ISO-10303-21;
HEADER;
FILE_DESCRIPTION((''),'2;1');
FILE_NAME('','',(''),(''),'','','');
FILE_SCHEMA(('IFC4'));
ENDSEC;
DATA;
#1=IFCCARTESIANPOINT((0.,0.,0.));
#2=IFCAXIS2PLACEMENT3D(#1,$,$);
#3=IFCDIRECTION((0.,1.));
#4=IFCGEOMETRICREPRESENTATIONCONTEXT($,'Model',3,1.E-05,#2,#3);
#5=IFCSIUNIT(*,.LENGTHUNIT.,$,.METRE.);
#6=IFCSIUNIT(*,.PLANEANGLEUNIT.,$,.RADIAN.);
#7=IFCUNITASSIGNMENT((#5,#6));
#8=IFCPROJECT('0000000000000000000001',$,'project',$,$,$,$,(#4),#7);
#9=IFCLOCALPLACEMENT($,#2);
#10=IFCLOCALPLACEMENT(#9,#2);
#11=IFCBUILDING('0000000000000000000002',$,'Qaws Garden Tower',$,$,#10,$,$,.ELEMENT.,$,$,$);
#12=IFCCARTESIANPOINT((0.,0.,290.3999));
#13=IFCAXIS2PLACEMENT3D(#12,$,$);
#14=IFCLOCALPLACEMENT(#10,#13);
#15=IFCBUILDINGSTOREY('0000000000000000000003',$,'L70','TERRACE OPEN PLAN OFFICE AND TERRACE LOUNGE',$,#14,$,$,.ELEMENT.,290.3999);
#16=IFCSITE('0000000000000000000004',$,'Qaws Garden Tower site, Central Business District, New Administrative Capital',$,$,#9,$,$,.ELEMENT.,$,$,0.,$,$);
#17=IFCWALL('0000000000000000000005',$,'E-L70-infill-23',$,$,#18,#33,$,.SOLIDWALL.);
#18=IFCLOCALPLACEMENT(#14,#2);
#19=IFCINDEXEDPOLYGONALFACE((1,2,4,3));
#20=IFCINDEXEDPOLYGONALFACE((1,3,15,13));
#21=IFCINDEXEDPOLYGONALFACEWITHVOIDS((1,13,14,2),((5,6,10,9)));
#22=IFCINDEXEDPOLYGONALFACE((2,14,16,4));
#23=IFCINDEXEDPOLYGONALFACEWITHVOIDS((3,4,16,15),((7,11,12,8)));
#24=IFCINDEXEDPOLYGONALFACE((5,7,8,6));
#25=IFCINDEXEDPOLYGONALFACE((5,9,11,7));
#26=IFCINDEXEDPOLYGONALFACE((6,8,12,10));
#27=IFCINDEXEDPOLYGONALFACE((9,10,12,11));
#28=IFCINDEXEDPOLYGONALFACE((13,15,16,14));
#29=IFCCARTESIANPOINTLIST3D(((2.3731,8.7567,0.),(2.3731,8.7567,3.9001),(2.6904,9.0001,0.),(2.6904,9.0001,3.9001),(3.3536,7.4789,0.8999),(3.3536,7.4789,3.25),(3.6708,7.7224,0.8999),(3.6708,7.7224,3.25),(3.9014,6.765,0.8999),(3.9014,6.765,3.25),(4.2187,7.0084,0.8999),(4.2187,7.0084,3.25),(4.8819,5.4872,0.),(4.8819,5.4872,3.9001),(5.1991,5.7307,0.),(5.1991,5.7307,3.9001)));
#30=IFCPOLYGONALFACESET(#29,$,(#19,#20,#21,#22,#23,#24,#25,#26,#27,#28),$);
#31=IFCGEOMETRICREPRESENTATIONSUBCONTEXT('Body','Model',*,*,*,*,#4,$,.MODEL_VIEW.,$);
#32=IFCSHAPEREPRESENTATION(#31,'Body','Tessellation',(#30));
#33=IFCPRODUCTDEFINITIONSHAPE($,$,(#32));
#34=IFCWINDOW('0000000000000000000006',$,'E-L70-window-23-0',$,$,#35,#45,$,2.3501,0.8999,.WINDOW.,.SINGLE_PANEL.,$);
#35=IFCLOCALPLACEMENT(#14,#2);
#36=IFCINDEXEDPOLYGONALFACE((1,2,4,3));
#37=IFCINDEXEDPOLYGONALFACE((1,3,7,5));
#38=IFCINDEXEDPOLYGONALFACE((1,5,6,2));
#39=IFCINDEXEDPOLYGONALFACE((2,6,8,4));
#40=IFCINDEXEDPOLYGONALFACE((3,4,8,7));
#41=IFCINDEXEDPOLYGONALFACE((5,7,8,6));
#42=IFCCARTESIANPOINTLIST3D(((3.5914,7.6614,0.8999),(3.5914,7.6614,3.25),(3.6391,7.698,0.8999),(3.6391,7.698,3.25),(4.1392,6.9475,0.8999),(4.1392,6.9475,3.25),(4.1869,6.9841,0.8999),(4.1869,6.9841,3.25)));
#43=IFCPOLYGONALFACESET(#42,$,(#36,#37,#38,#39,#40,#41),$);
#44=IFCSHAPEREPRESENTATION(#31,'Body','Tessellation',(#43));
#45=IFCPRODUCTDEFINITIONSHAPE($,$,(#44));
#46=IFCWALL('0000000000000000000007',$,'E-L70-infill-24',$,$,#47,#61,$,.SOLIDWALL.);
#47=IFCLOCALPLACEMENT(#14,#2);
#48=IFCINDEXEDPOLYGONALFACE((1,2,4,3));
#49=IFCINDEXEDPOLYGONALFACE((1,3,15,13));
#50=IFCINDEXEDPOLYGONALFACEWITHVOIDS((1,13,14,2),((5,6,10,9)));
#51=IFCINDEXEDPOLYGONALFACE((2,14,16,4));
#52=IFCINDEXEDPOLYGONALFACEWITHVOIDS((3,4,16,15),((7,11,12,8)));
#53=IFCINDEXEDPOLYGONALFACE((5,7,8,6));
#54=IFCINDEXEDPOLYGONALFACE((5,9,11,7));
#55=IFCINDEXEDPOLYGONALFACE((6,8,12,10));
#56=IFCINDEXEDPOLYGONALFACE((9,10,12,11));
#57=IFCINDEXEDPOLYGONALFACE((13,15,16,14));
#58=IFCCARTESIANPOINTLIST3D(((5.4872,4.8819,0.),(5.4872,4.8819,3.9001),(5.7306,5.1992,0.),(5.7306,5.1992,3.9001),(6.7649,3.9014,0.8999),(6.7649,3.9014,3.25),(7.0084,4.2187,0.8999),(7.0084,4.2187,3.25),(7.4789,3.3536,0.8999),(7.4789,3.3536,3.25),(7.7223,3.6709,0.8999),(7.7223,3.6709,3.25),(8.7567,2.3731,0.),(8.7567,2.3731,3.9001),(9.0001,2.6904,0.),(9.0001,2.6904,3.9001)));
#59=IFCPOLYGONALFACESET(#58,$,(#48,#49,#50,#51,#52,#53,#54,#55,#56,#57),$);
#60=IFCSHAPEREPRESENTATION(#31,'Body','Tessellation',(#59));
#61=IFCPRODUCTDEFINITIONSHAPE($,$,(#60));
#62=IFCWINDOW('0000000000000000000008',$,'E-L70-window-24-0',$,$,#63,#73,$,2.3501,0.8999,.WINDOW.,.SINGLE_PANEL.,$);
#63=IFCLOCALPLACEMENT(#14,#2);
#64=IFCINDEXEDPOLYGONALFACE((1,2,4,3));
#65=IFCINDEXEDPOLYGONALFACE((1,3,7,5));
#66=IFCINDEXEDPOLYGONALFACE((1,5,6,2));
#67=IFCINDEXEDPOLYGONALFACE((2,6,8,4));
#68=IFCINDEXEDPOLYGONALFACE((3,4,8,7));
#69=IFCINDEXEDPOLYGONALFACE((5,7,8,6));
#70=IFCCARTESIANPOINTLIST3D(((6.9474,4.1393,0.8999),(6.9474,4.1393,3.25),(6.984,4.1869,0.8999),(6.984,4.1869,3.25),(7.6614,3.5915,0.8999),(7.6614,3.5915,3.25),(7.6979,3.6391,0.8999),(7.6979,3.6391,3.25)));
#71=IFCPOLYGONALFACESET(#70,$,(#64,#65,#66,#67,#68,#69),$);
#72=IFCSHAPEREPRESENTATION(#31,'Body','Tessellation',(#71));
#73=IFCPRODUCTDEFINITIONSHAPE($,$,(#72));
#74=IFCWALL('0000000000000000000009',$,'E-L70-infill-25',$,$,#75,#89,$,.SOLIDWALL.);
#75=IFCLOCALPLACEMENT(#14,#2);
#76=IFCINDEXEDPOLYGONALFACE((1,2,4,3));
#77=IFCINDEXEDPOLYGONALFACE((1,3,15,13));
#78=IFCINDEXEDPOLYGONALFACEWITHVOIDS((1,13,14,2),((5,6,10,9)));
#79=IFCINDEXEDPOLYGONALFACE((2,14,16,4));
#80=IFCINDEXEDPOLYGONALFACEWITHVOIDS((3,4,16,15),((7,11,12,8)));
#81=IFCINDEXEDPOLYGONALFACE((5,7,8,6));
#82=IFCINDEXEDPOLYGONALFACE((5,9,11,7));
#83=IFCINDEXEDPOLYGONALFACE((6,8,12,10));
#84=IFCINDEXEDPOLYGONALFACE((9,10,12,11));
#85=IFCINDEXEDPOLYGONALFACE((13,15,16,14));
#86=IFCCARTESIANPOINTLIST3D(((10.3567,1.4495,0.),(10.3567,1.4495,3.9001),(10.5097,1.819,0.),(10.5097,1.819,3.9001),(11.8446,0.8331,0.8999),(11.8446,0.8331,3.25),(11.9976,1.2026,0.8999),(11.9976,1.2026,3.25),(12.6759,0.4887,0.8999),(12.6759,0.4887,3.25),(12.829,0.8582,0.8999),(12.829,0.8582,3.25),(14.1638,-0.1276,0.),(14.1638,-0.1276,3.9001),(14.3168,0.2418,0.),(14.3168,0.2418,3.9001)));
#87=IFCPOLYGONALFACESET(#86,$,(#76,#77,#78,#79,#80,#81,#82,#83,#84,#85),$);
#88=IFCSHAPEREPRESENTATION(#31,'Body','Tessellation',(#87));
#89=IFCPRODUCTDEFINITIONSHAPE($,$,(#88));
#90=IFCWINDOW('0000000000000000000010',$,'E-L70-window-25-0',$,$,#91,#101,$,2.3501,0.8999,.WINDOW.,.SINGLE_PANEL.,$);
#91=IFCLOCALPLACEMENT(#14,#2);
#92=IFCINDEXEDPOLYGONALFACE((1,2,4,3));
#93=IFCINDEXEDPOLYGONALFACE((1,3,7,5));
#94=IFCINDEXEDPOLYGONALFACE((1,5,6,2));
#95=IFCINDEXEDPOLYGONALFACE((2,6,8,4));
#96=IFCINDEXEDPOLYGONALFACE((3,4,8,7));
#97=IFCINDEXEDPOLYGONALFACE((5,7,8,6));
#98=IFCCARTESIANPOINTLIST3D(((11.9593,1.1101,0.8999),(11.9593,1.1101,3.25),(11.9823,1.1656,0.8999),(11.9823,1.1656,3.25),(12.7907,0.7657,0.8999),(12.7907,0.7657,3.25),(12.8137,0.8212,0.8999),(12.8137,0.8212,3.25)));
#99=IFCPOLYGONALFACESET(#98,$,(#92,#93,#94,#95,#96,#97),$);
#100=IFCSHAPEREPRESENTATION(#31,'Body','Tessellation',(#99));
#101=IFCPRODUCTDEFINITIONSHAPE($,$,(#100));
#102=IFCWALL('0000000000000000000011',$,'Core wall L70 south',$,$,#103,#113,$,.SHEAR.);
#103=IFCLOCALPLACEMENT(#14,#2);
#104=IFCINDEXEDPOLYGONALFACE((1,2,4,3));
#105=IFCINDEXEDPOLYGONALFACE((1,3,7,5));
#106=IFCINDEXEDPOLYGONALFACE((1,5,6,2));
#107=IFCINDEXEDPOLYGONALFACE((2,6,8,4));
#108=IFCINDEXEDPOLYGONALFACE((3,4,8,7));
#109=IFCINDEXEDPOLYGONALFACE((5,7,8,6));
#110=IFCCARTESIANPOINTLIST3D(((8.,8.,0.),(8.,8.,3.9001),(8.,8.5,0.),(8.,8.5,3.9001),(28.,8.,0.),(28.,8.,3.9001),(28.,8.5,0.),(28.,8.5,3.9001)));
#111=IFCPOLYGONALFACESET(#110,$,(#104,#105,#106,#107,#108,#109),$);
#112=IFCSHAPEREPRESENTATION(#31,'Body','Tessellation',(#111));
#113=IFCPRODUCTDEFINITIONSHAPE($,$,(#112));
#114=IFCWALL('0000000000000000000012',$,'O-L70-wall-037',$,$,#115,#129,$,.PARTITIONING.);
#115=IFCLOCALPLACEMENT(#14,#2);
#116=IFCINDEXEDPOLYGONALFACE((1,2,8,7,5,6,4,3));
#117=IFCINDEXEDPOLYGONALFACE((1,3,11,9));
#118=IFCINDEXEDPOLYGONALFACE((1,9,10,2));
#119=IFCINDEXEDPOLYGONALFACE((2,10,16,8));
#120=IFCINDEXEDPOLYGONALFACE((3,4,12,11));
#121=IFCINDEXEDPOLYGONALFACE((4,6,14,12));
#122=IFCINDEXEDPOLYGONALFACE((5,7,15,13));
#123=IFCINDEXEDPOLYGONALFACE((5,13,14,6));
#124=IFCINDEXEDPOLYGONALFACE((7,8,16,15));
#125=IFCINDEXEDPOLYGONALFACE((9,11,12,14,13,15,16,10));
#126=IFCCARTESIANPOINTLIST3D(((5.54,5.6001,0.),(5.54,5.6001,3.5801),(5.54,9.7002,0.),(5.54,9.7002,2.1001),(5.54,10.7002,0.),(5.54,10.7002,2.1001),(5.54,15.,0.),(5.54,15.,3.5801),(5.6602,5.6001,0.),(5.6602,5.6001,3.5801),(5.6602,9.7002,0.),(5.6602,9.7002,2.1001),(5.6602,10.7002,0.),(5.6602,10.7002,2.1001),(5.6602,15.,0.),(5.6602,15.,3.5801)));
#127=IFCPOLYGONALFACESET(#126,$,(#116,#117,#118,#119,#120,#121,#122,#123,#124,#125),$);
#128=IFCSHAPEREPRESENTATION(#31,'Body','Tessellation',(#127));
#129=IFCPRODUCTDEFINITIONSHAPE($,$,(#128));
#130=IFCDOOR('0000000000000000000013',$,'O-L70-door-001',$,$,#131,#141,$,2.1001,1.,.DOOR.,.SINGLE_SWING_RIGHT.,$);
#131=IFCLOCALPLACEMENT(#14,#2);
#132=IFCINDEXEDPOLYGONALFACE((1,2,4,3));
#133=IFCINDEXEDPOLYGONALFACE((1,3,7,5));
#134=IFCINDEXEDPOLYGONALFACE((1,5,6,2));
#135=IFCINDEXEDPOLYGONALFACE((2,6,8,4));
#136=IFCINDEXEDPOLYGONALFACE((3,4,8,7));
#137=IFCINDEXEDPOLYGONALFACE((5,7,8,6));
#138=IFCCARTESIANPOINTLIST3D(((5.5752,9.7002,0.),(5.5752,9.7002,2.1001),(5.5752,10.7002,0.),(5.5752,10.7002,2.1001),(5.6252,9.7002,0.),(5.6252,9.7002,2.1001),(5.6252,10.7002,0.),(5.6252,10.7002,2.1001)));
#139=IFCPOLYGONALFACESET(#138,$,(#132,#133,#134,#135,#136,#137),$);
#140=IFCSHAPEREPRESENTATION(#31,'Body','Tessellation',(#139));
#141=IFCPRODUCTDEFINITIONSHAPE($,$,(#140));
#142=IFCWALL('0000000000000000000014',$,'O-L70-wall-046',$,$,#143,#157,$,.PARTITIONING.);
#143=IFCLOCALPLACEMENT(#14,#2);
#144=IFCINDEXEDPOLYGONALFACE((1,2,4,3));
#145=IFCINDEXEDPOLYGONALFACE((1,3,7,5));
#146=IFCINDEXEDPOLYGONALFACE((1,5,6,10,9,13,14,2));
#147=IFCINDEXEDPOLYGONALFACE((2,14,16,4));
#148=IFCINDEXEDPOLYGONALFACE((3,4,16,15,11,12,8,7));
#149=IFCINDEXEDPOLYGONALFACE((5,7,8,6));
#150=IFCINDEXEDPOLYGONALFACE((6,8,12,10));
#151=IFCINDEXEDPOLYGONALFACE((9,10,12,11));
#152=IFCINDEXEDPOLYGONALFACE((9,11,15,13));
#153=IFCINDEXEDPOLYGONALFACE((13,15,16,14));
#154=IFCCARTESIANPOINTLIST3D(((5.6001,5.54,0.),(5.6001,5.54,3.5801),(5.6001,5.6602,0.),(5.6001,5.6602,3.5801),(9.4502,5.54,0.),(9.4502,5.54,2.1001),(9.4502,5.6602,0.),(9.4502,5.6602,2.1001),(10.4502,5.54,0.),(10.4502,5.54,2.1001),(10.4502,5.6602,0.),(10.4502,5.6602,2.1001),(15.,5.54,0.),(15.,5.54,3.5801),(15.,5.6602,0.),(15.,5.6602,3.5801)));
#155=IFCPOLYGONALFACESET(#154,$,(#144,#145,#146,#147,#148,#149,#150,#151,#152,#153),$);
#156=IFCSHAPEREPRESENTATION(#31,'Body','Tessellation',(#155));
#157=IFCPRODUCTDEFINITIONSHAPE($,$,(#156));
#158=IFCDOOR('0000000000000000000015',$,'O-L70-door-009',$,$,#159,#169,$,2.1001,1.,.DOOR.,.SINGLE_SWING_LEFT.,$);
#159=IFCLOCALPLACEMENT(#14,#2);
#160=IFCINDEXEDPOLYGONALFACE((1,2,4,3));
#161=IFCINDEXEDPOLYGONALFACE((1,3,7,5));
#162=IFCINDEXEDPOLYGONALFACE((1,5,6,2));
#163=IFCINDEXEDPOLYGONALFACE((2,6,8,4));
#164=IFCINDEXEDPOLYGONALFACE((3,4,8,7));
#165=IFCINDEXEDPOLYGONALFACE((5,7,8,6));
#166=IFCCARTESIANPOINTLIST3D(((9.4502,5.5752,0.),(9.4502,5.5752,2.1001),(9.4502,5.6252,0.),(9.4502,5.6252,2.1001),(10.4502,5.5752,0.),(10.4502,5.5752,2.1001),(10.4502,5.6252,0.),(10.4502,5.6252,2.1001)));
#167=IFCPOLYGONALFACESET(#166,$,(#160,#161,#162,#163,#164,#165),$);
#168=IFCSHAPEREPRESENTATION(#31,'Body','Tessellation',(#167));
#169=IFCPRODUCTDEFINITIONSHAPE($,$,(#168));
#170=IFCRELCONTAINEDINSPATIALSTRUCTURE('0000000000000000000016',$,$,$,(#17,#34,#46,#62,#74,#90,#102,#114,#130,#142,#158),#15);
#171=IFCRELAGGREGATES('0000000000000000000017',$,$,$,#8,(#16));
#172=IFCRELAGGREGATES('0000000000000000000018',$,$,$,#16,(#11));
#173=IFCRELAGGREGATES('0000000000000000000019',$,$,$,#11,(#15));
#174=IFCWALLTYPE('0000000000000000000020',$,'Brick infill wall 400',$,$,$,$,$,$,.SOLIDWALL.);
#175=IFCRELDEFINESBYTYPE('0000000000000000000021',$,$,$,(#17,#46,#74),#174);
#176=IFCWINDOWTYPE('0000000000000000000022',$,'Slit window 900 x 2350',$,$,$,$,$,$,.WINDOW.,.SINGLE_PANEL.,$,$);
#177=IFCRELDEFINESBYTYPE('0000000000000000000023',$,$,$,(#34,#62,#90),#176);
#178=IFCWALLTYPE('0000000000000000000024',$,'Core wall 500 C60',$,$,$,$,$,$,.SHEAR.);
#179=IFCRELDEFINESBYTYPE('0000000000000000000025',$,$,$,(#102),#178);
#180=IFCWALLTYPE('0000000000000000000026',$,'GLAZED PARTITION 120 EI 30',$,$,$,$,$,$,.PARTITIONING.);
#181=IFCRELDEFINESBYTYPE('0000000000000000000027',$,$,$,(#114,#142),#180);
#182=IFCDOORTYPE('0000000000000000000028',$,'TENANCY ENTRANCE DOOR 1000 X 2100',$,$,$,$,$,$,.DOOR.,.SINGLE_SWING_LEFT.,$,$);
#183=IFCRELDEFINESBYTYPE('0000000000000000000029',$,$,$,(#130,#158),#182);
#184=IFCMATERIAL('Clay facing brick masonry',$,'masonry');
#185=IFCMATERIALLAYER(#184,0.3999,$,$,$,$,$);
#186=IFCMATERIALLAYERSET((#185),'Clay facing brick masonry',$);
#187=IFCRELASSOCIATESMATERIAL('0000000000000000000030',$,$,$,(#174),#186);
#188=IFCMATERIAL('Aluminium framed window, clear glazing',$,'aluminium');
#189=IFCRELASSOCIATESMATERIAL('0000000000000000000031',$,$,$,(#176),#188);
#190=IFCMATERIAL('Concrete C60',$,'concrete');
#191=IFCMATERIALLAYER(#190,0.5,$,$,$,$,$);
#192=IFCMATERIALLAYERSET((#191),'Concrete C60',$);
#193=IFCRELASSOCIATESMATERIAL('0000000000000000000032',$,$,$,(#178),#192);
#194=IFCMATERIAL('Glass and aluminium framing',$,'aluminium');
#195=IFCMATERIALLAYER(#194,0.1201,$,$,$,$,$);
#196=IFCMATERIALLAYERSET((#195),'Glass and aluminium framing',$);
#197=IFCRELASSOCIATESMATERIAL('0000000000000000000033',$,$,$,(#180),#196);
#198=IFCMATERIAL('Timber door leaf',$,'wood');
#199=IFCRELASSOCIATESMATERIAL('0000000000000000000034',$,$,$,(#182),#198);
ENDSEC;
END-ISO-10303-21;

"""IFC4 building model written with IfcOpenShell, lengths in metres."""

from ifc_helpers import new_model, si_unit, direction, frame, frame_2d, origin, place, context, subcontext, project, spatial, rectangle, extrude, material, layer, layer_set, type_object, element, fill, save


model = new_model("IFC4")

# Units and contexts
model_context = context("Model", 3, precision=1e-05, world=origin(), true_north=direction((0.0, 1.0)))
body_context = subcontext(model_context, "Body", "Model", "MODEL_VIEW")
ifc_project = project(units=[si_unit("LENGTHUNIT", "METRE"), si_unit("PLANEANGLEUNIT", "RADIAN")], contexts=[model_context])

# Site, building, storey
site_placement = place(None, origin())
site = spatial("IfcSite", under=ifc_project, at=site_placement, Name="Qaws Garden Tower site, Central Business District, New Administrative Capital", CompositionType="ELEMENT", RefElevation=0.0)
building_placement = place(site_placement, origin())
building = spatial("IfcBuilding", under=site, at=building_placement, Name="Qaws Garden Tower", CompositionType="ELEMENT")
storey_placement = place(building_placement, frame((0.0, 0.0, 290.3999)))
storey = spatial("IfcBuildingStorey", under=building, at=storey_placement, Name="L70", Description="TERRACE OPEN PLAN OFFICE AND TERRACE LOUNGE", CompositionType="ELEMENT", Elevation=290.3999)

# Walls, openings, windows
ifc_material_1 = material(Name="Clay facing brick masonry", Category="masonry")
ifc_layer_1 = layer(ifc_material_1, 0.3999)
ifc_layer_set_1 = layer_set([ifc_layer_1], Name="Clay facing brick masonry")
wall_type_1 = type_object("IfcWallType", Name="Brick infill wall 400", PredefinedType="SOLIDWALL", material=ifc_layer_set_1)
wall_1_placement = place(storey_placement, frame((2.5317, 8.8784, 0.0), z_axis=(0.0, 0.0, 1.0), x_axis=(0.60876, -0.793355, 0.0)))
wall_1 = element("IfcWall", 1, at=wall_1_placement, inside=storey, type_object=wall_type_1, Name="E-L70-infill-23", PredefinedType="SOLIDWALL", context=body_context, shape_type="SweptSolid", body=[
    extrude(rectangle(XDim=4.1211, YDim=0.3999, at=frame_2d((2.0605, 0.0))), origin(), (0.0, 0.0, 1.0), 3.9001),
])
opening_1_placement = place(wall_1_placement, frame((1.6106, 0.0, 0.8999)))
opening_1 = element("IfcOpeningElement", 2, at=opening_1_placement, cuts=wall_1, PredefinedType="OPENING", context=body_context, shape_type="SweptSolid", body=[
    extrude(rectangle(XDim=0.8999, YDim=2.3501, at=frame_2d((0.45, 1.175))), frame((0.0, 0.21, 0.0), z_axis=(0.0, -1.0, 0.0), x_axis=(1.0, 0.0, 0.0)), (0.0, 0.0, 1.0), 0.4199),
])
ifc_material_2 = material(Name="Aluminium framed window, clear glazing", Category="aluminium")
window_type = type_object("IfcWindowType", Name="Slit window 900 x 2350", PartitioningType="SINGLE_PANEL", PredefinedType="WINDOW", material=ifc_material_2)
window_1_placement = place(opening_1_placement, origin())
window_1 = element("IfcWindow", 3, at=window_1_placement, inside=storey, type_object=window_type, Name="E-L70-window-23-0", OverallHeight=2.3501, OverallWidth=0.8999, PartitioningType="SINGLE_PANEL", PredefinedType="WINDOW", context=body_context, shape_type="SweptSolid", body=[
    extrude(rectangle(XDim=0.8999, YDim=2.3501, at=frame_2d((0.45, 1.175))), frame((0.0, 0.1599, 0.0), z_axis=(0.0, -1.0, 0.0), x_axis=(1.0, 0.0, 0.0)), (0.0, 0.0, 1.0), 0.0601),
])
fill(opening_1, window_1)
wall_2_placement = place(storey_placement, frame((5.6089, 5.0405, 0.0), z_axis=(0.0, 0.0, 1.0), x_axis=(0.793355, -0.60876, 0.0)))
wall_2 = element("IfcWall", 4, at=wall_2_placement, inside=storey, type_object=wall_type_1, Name="E-L70-infill-24", PredefinedType="SOLIDWALL", context=body_context, shape_type="SweptSolid", body=[
    extrude(rectangle(XDim=4.1211, YDim=0.3999, at=frame_2d((2.0605, 0.0))), origin(), (0.0, 0.0, 1.0), 3.9001),
])
opening_2_placement = place(wall_2_placement, frame((1.6106, 0.0, 0.8999)))
opening_2 = element("IfcOpeningElement", 5, at=opening_2_placement, cuts=wall_2, PredefinedType="OPENING", context=body_context, shape_type="SweptSolid", body=[
    extrude(rectangle(XDim=0.8999, YDim=2.3501, at=frame_2d((0.45, 1.175))), frame((0.0, 0.21, 0.0), z_axis=(0.0, -1.0, 0.0), x_axis=(1.0, 0.0, 0.0)), (0.0, 0.0, 1.0), 0.4199),
])
window_2_placement = place(opening_2_placement, origin())
window_2 = element("IfcWindow", 6, at=window_2_placement, inside=storey, type_object=window_type, Name="E-L70-window-24-0", OverallHeight=2.3501, OverallWidth=0.8999, PartitioningType="SINGLE_PANEL", PredefinedType="WINDOW", context=body_context, shape_type="SweptSolid", body=[
    extrude(rectangle(XDim=0.8999, YDim=2.3501, at=frame_2d((0.45, 1.175))), frame((0.0, 0.1599, 0.0), z_axis=(0.0, -1.0, 0.0), x_axis=(1.0, 0.0, 0.0)), (0.0, 0.0, 1.0), 0.0601),
])
fill(opening_2, window_2)
wall_3_placement = place(storey_placement, frame((10.4331, 1.6343, 0.0), z_axis=(0.0, 0.0, 1.0), x_axis=(0.923864, -0.382722, 0.0)))
wall_3 = element("IfcWall", 7, at=wall_3_placement, inside=storey, type_object=wall_type_1, Name="E-L70-infill-25", PredefinedType="SOLIDWALL", context=body_context, shape_type="SweptSolid", body=[
    extrude(rectangle(XDim=4.1208, YDim=0.3999, at=frame_2d((2.0605, 0.0))), origin(), (0.0, 0.0, 1.0), 3.9001),
])
opening_3_placement = place(wall_3_placement, frame((1.6106, 0.0, 0.8999)))
opening_3 = element("IfcOpeningElement", 8, at=opening_3_placement, cuts=wall_3, PredefinedType="OPENING", context=body_context, shape_type="SweptSolid", body=[
    extrude(rectangle(XDim=0.8999, YDim=2.3501, at=frame_2d((0.45, 1.175))), frame((0.0, 0.21, 0.0), z_axis=(0.0, -1.0, 0.0), x_axis=(1.0, 0.0, 0.0)), (0.0, 0.0, 1.0), 0.4199),
])
window_3_placement = place(opening_3_placement, origin())
window_3 = element("IfcWindow", 9, at=window_3_placement, inside=storey, type_object=window_type, Name="E-L70-window-25-0", OverallHeight=2.3501, OverallWidth=0.8999, PartitioningType="SINGLE_PANEL", PredefinedType="WINDOW", context=body_context, shape_type="SweptSolid", body=[
    extrude(rectangle(XDim=0.8999, YDim=2.3501, at=frame_2d((0.45, 1.175))), frame((0.0, 0.1599, 0.0), z_axis=(0.0, -1.0, 0.0), x_axis=(1.0, 0.0, 0.0)), (0.0, 0.0, 1.0), 0.0601),
])
fill(opening_3, window_3)

# Wall
ifc_material_3 = material(Name="Concrete C60", Category="concrete")
ifc_layer_2 = layer(ifc_material_3, 0.5)
ifc_layer_set_2 = layer_set([ifc_layer_2], Name="Concrete C60")
wall_type_2 = type_object("IfcWallType", Name="Core wall 500 C60", PredefinedType="SHEAR", material=ifc_layer_set_2)
wall_4_placement = place(storey_placement, frame((8.0, 8.25, 0.0), z_axis=(0.0, 0.0, 1.0), x_axis=(1.0, 0.0, 0.0)))
element("IfcWall", 10, at=wall_4_placement, inside=storey, type_object=wall_type_2, Name="Core wall L70 south", PredefinedType="SHEAR", context=body_context, shape_type="SweptSolid", body=[
    extrude(rectangle(XDim=20.0, YDim=0.5, at=frame_2d((10.0, 0.0))), origin(), (0.0, 0.0, 1.0), 3.9001),
])

# Walls, openings, doors
ifc_material_4 = material(Name="Glass and aluminium framing", Category="aluminium")
ifc_layer_3 = layer(ifc_material_4, 0.1201)
ifc_layer_set_3 = layer_set([ifc_layer_3], Name="Glass and aluminium framing")
wall_type_3 = type_object("IfcWallType", Name="GLAZED PARTITION 120 EI 30", PredefinedType="PARTITIONING", material=ifc_layer_set_3)
wall_5_placement = place(storey_placement, frame((5.6001, 5.6001, 0.0), z_axis=(0.0, 0.0, 1.0), x_axis=(0.0, 1.0, 0.0)))
wall_5 = element("IfcWall", 11, at=wall_5_placement, inside=storey, type_object=wall_type_3, Name="O-L70-wall-037", PredefinedType="PARTITIONING", context=body_context, shape_type="SweptSolid", body=[
    extrude(rectangle(XDim=9.3999, YDim=0.1201, at=frame_2d((4.7, 0.0))), origin(), (0.0, 0.0, 1.0), 3.5801),
])
opening_4_placement = place(wall_5_placement, frame((4.1001, 0.0, 0.0)))
opening_4 = element("IfcOpeningElement", 12, at=opening_4_placement, cuts=wall_5, PredefinedType="OPENING", context=body_context, shape_type="SweptSolid", body=[
    extrude(rectangle(XDim=1.0, YDim=2.1001, at=frame_2d((0.5, 1.05))), frame((0.0, 0.0701, 0.0), z_axis=(0.0, -1.0, 0.0), x_axis=(1.0, 0.0, 0.0)), (0.0, 0.0, 1.0), 0.1401),
])
ifc_material_5 = material(Name="Timber door leaf", Category="wood")
door_type = type_object("IfcDoorType", Name="TENANCY ENTRANCE DOOR 1000 X 2100", OperationType="SINGLE_SWING_LEFT", PredefinedType="DOOR", material=ifc_material_5)
door_1_placement = place(opening_4_placement, origin())
door_1 = element("IfcDoor", 13, at=door_1_placement, inside=storey, type_object=door_type, Name="O-L70-door-001", OperationType="SINGLE_SWING_RIGHT", OverallHeight=2.1001, OverallWidth=1.0, PredefinedType="DOOR", context=body_context, shape_type="SweptSolid", body=[
    extrude(rectangle(XDim=1.0, YDim=2.1001, at=frame_2d((0.5, 1.05))), frame((0.0, 0.0249, 0.0), z_axis=(0.0, -1.0, 0.0), x_axis=(1.0, 0.0, 0.0)), (0.0, 0.0, 1.0), 0.05),
])
fill(opening_4, door_1)
wall_6_placement = place(storey_placement, frame((5.6001, 5.6001, 0.0), z_axis=(0.0, 0.0, 1.0), x_axis=(1.0, 0.0, 0.0)))
wall_6 = element("IfcWall", 14, at=wall_6_placement, inside=storey, type_object=wall_type_3, Name="O-L70-wall-046", PredefinedType="PARTITIONING", context=body_context, shape_type="SweptSolid", body=[
    extrude(rectangle(XDim=9.3999, YDim=0.1201, at=frame_2d((4.7, 0.0))), origin(), (0.0, 0.0, 1.0), 3.5801),
])
opening_5_placement = place(wall_6_placement, frame((3.8501, 0.0, 0.0)))
opening_5 = element("IfcOpeningElement", 15, at=opening_5_placement, cuts=wall_6, PredefinedType="OPENING", context=body_context, shape_type="SweptSolid", body=[
    extrude(rectangle(XDim=1.0, YDim=2.1001, at=frame_2d((0.5, 1.05))), frame((0.0, 0.0701, 0.0), z_axis=(0.0, -1.0, 0.0), x_axis=(1.0, 0.0, 0.0)), (0.0, 0.0, 1.0), 0.1401),
])
door_2_placement = place(opening_5_placement, frame((1.0, 0.0, 0.0), z_axis=(0.0, 0.0, 1.0), x_axis=(-1.0, 0.0, 0.0)))
door_2 = element("IfcDoor", 16, at=door_2_placement, inside=storey, type_object=door_type, Name="O-L70-door-009", OperationType="SINGLE_SWING_LEFT", OverallHeight=2.1001, OverallWidth=1.0, PredefinedType="DOOR", context=body_context, shape_type="SweptSolid", body=[
    extrude(rectangle(XDim=1.0, YDim=2.1001, at=frame_2d((0.5, 1.05))), frame((0.0, 0.0249, 0.0), z_axis=(0.0, -1.0, 0.0), x_axis=(1.0, 0.0, 0.0)), (0.0, 0.0, 1.0), 0.05),
])
fill(opening_5, door_2)

save(model, "model.ifc")
